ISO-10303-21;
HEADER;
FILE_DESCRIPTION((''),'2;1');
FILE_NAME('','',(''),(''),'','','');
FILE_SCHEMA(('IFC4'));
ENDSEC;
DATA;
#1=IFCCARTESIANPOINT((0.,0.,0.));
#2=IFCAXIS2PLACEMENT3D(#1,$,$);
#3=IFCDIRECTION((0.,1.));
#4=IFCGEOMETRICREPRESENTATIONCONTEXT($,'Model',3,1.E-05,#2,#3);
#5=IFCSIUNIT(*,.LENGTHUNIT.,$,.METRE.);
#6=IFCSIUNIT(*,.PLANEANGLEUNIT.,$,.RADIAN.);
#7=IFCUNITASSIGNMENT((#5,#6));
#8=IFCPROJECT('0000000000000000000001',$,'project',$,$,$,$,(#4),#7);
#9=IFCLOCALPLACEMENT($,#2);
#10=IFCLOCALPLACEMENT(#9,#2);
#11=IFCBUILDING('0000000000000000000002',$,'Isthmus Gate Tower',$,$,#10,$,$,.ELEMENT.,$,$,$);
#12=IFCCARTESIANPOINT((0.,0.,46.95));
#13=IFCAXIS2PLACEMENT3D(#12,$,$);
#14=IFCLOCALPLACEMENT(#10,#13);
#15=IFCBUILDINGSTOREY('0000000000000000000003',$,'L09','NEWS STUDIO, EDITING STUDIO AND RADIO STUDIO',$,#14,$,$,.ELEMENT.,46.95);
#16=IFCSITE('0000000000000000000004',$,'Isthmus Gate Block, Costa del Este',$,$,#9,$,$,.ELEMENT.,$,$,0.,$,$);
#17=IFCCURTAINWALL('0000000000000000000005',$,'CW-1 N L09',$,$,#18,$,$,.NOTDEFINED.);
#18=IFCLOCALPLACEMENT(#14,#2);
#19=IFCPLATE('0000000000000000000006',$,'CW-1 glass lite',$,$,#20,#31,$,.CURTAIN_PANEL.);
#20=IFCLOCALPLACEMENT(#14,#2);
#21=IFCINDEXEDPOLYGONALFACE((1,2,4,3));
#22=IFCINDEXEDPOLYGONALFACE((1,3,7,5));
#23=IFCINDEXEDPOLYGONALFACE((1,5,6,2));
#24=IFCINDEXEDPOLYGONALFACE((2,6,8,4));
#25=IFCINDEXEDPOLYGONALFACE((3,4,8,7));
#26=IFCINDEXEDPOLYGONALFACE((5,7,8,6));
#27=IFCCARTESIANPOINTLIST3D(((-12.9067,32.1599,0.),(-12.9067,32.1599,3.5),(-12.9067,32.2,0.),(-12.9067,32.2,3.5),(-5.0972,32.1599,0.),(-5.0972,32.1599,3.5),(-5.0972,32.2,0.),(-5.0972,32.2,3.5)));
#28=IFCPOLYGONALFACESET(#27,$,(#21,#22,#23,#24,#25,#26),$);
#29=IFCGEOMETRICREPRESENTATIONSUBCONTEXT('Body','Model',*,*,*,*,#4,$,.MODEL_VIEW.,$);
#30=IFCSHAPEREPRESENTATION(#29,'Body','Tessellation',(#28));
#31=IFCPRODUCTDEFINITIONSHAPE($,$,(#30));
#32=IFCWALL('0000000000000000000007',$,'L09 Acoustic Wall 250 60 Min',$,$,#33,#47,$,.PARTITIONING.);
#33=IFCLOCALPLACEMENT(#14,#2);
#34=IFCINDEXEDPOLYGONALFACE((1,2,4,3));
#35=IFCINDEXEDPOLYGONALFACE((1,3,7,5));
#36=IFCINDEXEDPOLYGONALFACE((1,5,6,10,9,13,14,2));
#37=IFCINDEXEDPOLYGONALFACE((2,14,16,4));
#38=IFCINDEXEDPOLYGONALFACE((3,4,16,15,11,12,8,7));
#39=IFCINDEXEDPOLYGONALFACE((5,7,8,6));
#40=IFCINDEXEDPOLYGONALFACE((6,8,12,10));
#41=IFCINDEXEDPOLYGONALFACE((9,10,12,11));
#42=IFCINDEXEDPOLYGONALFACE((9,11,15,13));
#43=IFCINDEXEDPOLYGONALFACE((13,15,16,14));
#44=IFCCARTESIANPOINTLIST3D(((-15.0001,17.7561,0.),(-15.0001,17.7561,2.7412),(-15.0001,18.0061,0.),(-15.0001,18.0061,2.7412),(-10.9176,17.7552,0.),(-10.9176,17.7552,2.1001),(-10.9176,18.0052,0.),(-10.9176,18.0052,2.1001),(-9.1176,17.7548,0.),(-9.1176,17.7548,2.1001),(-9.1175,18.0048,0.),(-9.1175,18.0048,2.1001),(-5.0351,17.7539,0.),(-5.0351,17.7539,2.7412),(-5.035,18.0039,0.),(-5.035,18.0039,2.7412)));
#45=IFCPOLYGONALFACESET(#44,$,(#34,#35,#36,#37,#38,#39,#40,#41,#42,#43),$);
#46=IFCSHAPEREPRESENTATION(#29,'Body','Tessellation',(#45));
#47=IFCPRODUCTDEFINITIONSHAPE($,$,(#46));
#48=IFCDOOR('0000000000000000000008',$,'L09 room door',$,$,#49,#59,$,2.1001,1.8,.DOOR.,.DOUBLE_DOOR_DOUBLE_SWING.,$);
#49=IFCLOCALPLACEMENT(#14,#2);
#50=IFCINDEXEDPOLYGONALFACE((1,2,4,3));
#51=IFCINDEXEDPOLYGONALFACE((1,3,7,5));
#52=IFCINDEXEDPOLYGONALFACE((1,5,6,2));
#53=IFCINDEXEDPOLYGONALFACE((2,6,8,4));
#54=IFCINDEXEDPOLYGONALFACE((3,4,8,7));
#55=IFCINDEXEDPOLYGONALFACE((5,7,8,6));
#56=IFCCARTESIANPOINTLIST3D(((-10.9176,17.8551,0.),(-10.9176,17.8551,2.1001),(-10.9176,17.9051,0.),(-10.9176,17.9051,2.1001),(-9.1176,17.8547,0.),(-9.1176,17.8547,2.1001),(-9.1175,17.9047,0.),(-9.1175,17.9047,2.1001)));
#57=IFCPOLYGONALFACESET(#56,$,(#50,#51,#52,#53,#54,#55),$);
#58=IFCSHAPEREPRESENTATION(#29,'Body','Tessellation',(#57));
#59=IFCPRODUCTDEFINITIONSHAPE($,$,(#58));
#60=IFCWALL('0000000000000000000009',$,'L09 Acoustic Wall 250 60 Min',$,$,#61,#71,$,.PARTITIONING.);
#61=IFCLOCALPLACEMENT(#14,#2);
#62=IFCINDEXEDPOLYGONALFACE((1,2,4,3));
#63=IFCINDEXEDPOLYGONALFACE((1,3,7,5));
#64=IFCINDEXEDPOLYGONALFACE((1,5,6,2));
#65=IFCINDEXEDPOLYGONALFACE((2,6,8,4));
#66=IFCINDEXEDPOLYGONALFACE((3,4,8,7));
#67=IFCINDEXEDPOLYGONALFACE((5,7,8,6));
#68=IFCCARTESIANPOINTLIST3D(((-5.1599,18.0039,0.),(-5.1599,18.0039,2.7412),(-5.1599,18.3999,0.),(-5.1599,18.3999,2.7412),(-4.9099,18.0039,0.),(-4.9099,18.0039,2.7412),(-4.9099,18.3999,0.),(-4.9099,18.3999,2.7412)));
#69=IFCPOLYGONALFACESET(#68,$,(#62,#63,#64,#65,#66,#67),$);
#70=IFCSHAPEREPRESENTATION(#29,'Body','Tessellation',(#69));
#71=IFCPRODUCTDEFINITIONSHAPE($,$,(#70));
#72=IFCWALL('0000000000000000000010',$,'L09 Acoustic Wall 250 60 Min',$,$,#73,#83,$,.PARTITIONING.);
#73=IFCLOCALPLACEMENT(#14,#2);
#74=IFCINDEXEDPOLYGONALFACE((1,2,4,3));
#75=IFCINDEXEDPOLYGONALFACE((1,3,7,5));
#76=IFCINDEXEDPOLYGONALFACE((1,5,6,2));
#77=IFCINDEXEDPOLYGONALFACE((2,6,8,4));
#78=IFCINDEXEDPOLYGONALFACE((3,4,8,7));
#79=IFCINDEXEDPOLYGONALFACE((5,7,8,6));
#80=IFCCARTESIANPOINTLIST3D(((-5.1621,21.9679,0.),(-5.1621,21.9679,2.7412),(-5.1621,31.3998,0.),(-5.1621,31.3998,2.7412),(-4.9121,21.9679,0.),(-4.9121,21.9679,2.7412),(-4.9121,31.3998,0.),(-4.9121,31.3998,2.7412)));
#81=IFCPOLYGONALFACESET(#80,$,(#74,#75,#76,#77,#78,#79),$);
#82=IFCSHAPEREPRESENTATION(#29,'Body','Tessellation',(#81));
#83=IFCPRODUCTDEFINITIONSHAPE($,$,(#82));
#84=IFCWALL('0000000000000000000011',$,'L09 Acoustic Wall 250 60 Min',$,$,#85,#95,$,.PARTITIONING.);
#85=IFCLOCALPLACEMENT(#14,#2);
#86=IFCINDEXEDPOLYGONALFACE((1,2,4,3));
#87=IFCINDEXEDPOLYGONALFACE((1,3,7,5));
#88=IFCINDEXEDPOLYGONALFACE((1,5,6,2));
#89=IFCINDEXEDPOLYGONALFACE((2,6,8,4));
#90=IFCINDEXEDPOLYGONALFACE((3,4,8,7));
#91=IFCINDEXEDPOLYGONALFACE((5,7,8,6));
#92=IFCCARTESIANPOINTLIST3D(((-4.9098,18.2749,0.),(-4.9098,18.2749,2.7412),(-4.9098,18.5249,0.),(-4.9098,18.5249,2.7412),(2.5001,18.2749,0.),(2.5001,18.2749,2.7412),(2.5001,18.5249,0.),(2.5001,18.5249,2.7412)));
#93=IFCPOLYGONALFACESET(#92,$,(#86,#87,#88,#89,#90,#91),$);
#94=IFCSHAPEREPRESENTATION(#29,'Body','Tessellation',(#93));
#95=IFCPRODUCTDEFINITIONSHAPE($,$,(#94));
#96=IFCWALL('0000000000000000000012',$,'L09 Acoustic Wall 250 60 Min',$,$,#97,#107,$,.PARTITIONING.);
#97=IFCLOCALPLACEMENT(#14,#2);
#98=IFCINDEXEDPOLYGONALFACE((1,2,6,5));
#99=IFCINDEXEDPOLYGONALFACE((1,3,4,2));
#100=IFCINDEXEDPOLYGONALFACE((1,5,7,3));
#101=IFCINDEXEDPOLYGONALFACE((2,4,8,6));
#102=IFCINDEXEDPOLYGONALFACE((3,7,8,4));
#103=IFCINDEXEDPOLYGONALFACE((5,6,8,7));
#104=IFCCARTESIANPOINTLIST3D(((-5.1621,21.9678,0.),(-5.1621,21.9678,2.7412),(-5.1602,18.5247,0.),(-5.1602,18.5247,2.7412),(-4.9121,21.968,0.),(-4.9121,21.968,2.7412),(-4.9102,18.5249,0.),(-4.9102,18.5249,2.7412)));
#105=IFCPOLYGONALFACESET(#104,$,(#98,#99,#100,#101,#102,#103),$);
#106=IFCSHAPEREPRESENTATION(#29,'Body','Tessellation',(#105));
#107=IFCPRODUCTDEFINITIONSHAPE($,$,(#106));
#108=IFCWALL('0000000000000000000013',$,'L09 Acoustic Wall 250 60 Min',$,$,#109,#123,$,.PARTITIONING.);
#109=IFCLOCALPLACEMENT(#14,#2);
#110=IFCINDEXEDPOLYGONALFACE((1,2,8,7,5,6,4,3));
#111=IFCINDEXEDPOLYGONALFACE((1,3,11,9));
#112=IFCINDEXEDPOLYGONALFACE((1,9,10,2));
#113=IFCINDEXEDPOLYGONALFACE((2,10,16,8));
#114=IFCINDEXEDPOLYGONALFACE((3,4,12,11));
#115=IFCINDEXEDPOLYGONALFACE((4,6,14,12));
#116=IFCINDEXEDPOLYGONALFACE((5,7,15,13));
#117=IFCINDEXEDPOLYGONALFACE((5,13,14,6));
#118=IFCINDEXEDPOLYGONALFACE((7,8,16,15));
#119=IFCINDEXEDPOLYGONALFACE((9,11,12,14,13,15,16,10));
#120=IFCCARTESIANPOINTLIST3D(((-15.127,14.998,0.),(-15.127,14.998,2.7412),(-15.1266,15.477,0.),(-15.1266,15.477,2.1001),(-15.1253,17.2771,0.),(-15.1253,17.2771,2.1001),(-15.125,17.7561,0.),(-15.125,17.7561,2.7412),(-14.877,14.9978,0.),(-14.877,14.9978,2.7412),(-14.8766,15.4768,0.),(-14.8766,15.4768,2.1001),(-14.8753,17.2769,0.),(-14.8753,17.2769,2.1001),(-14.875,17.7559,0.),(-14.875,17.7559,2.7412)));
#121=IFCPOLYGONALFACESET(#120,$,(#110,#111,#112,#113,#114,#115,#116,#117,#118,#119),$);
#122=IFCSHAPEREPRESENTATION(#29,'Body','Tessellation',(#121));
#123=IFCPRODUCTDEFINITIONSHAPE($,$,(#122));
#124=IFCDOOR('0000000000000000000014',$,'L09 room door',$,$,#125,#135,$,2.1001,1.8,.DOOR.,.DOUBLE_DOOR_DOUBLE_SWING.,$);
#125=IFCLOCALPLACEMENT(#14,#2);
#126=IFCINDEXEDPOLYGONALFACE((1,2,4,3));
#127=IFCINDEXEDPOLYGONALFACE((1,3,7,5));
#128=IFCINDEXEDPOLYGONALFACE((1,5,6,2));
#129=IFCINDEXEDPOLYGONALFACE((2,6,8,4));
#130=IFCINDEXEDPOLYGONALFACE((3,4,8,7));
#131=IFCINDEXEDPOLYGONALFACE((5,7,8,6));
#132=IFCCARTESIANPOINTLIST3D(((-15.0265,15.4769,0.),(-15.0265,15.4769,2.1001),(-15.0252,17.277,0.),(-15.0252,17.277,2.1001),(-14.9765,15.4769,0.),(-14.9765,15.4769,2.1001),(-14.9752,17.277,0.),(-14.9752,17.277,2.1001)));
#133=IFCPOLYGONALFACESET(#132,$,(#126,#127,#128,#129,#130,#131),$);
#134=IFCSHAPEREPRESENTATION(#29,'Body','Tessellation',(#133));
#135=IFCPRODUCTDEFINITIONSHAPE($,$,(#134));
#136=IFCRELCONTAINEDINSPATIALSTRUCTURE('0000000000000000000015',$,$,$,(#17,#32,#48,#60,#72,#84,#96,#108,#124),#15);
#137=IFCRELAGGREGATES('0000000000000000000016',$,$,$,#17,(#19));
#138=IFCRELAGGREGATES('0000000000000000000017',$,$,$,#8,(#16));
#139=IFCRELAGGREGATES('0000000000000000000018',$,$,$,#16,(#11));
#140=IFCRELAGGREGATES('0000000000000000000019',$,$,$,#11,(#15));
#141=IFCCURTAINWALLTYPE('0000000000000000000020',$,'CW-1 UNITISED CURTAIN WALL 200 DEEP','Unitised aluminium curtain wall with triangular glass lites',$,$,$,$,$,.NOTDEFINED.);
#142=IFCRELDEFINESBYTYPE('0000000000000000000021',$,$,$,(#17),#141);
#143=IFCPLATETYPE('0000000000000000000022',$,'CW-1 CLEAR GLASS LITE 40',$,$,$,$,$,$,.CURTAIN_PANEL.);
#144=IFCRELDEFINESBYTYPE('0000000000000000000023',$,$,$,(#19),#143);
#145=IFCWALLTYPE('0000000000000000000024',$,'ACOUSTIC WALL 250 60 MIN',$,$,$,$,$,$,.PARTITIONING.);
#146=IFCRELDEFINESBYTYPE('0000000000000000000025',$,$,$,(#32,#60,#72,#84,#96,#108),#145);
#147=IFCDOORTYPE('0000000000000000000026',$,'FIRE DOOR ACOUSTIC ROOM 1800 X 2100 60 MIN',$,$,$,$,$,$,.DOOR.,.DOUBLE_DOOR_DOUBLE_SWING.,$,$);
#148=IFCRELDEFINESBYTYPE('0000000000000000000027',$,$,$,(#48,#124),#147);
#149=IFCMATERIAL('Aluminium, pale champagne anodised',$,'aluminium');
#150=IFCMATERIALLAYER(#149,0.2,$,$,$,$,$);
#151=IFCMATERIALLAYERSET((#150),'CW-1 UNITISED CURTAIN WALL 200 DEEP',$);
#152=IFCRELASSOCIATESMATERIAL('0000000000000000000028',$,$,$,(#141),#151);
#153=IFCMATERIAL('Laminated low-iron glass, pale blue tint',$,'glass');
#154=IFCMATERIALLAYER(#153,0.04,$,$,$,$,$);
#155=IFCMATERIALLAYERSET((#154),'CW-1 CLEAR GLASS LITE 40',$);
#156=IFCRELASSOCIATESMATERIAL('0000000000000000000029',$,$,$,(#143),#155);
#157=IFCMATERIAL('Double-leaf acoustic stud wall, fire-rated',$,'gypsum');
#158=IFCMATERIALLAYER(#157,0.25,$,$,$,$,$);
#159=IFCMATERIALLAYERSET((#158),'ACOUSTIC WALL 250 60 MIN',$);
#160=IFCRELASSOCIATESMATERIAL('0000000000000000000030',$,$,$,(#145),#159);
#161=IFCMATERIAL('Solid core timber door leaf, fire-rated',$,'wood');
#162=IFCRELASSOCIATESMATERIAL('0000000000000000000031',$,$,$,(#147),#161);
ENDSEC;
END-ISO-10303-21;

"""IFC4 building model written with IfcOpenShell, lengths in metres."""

from ifc_helpers import new_model, si_unit, direction, frame, frame_2d, origin, origin_2d, place, context, subcontext, project, spatial, rectangle, extrude, material, layer, layer_set, type_object, element, fill, aggregate, save


model = new_model("IFC4")

# Units and contexts
model_context = context("Model", 3, precision=1e-05, world=origin(), true_north=direction((0.0, 1.0)))
body_context = subcontext(model_context, "Body", "Model", "MODEL_VIEW")
ifc_project = project(units=[si_unit("LENGTHUNIT", "METRE"), si_unit("PLANEANGLEUNIT", "RADIAN")], contexts=[model_context])

# Site, building, storey
site_placement = place(None, origin())
site = spatial("IfcSite", under=ifc_project, at=site_placement, Name="Isthmus Gate Block, Costa del Este", CompositionType="ELEMENT", RefElevation=0.0)
building_placement = place(site_placement, origin())
building = spatial("IfcBuilding", under=site, at=building_placement, Name="Isthmus Gate Tower", CompositionType="ELEMENT")
storey_placement = place(building_placement, frame((0.0, 0.0, 46.95)))
storey = spatial("IfcBuildingStorey", under=building, at=storey_placement, Name="L09", Description="NEWS STUDIO, EDITING STUDIO AND RADIO STUDIO", CompositionType="ELEMENT", Elevation=46.95)

# Curtain wall
ifc_material_1 = material(Name="Aluminium, pale champagne anodised", Category="aluminium")
ifc_layer_1 = layer(ifc_material_1, 0.2)
ifc_layer_set_1 = layer_set([ifc_layer_1], Name="CW-1 UNITISED CURTAIN WALL 200 DEEP")
curtain_wall_type = type_object("IfcCurtainWallType", Name="CW-1 UNITISED CURTAIN WALL 200 DEEP", Description="Unitised aluminium curtain wall with triangular glass lites", PredefinedType="NOTDEFINED", material=ifc_layer_set_1)
curtain_wall_placement = place(storey_placement, origin())
curtain_wall = element("IfcCurtainWall", 1, at=curtain_wall_placement, inside=storey, type_object=curtain_wall_type, Name="CW-1 N L09", PredefinedType="NOTDEFINED")

# Plate
ifc_material_2 = material(Name="Laminated low-iron glass, pale blue tint", Category="glass")
ifc_layer_2 = layer(ifc_material_2, 0.04)
ifc_layer_set_2 = layer_set([ifc_layer_2], Name="CW-1 CLEAR GLASS LITE 40")
plate_type = type_object("IfcPlateType", Name="CW-1 CLEAR GLASS LITE 40", PredefinedType="CURTAIN_PANEL", material=ifc_layer_set_2)
plate_1_placement = place(storey_placement, frame((-9.002, 32.1799, 0.0), z_axis=(0.0, 0.0, 1.0), x_axis=(-1.0, 0.0, 0.0)))
plate_1 = element("IfcPlate", 2, at=plate_1_placement, type_object=plate_type, Name="CW-1 glass lite", PredefinedType="CURTAIN_PANEL", context=body_context, shape_type="SweptSolid", body=[
    extrude(rectangle(XDim=7.8096, YDim=0.04, at=origin_2d()), origin(), (0.0, 0.0, 1.0), 3.5),
])
aggregate(curtain_wall, [plate_1])

# Wall, opening, door
ifc_material_3 = material(Name="Double-leaf acoustic stud wall, fire-rated", Category="gypsum")
ifc_layer_3 = layer(ifc_material_3, 0.25)
ifc_layer_set_3 = layer_set([ifc_layer_3], Name="ACOUSTIC WALL 250 60 MIN")
wall_type = type_object("IfcWallType", Name="ACOUSTIC WALL 250 60 MIN", PredefinedType="PARTITIONING", material=ifc_layer_set_3)
wall_1_placement = place(storey_placement, frame((-15.0, 17.8811, 0.0), z_axis=(0.0, 0.0, 1.0), x_axis=(1.0, -0.00022, 0.0)))
wall_1 = element("IfcWall", 3, at=wall_1_placement, inside=storey, type_object=wall_type, Name="L09 Acoustic Wall 250 60 Min", PredefinedType="PARTITIONING", context=body_context, shape_type="SweptSolid", body=[
    extrude(rectangle(XDim=9.9651, YDim=0.25, at=frame_2d((4.9824, 0.0))), origin(), (0.0, 0.0, 1.0), 2.7412),
])
opening_1_placement = place(wall_1_placement, frame((4.0825, 0.0, 0.0)))
opening_1 = element("IfcOpeningElement", 4, at=opening_1_placement, cuts=wall_1, PredefinedType="OPENING", context=body_context, shape_type="SweptSolid", body=[
    extrude(rectangle(XDim=1.8, YDim=2.1001, at=frame_2d((0.8999, 1.05))), frame((0.0, 0.135, 0.0), z_axis=(0.0, -1.0, 0.0), x_axis=(1.0, 0.0, 0.0)), (0.0, 0.0, 1.0), 0.27),
])
ifc_material_4 = material(Name="Solid core timber door leaf, fire-rated", Category="wood")
door_type = type_object("IfcDoorType", Name="FIRE DOOR ACOUSTIC ROOM 1800 X 2100 60 MIN", OperationType="DOUBLE_DOOR_DOUBLE_SWING", PredefinedType="DOOR", material=ifc_material_4)
door_1_placement = place(opening_1_placement, origin())
door_1 = element("IfcDoor", 5, at=door_1_placement, inside=storey, type_object=door_type, Name="L09 room door", OperationType="DOUBLE_DOOR_DOUBLE_SWING", OverallHeight=2.1001, OverallWidth=1.8, PredefinedType="DOOR", context=body_context, shape_type="SweptSolid", body=[
    extrude(rectangle(XDim=1.8, YDim=2.1001, at=frame_2d((0.8999, 1.05))), frame((0.0, 0.0249, 0.0), z_axis=(0.0, -1.0, 0.0), x_axis=(1.0, 0.0, 0.0)), (0.0, 0.0, 1.0), 0.05),
])
fill(opening_1, door_1)

# Walls
wall_2_placement = place(storey_placement, frame((-5.0349, 18.0039, 0.0), z_axis=(0.0, 0.0, 1.0), x_axis=(0.0, 1.0, 0.0)))
element("IfcWall", 6, at=wall_2_placement, inside=storey, type_object=wall_type, Name="L09 Acoustic Wall 250 60 Min", PredefinedType="PARTITIONING", context=body_context, shape_type="SweptSolid", body=[
    extrude(rectangle(XDim=0.396, YDim=0.25, at=frame_2d((0.198, 0.0))), origin(), (0.0, 0.0, 1.0), 2.7412),
])
wall_3_placement = place(storey_placement, frame((-5.0371, 21.968, 0.0), z_axis=(0.0, 0.0, 1.0), x_axis=(0.0, 1.0, 0.0)))
element("IfcWall", 7, at=wall_3_placement, inside=storey, type_object=wall_type, Name="L09 Acoustic Wall 250 60 Min", PredefinedType="PARTITIONING", context=body_context, shape_type="SweptSolid", body=[
    extrude(rectangle(XDim=9.4319, YDim=0.25, at=frame_2d((4.7158, 0.0))), origin(), (0.0, 0.0, 1.0), 2.7412),
])
wall_4_placement = place(storey_placement, frame((-4.9099, 18.3999, 0.0), z_axis=(0.0, 0.0, 1.0), x_axis=(1.0, 0.0, 0.0)))
element("IfcWall", 8, at=wall_4_placement, inside=storey, type_object=wall_type, Name="L09 Acoustic Wall 250 60 Min", PredefinedType="PARTITIONING", context=body_context, shape_type="SweptSolid", body=[
    extrude(rectangle(XDim=7.4099, YDim=0.25, at=frame_2d((3.7051, 0.0))), origin(), (0.0, 0.0, 1.0), 2.7412),
])
wall_5_placement = place(storey_placement, frame((-5.0371, 21.968, 0.0), z_axis=(0.0, 0.0, 1.0), x_axis=(0.000567, -1.0, 0.0)))
element("IfcWall", 9, at=wall_5_placement, inside=storey, type_object=wall_type, Name="L09 Acoustic Wall 250 60 Min", PredefinedType="PARTITIONING", context=body_context, shape_type="SweptSolid", body=[
    extrude(rectangle(XDim=3.4431, YDim=0.25, at=frame_2d((1.7217, 0.0))), origin(), (0.0, 0.0, 1.0), 2.7412),
])

# Wall, opening, door
wall_6_placement = place(storey_placement, frame((-15.002, 14.998, 0.0), z_axis=(0.0, 0.0, 1.0), x_axis=(0.000708, 1.0, 0.0)))
wall_6 = element("IfcWall", 10, at=wall_6_placement, inside=storey, type_object=wall_type, Name="L09 Acoustic Wall 250 60 Min", PredefinedType="PARTITIONING", context=body_context, shape_type="SweptSolid", body=[
    extrude(rectangle(XDim=2.7581, YDim=0.25, at=frame_2d((1.3789, 0.0))), origin(), (0.0, 0.0, 1.0), 2.7412),
])
opening_2_placement = place(wall_6_placement, frame((0.479, 0.0, 0.0)))
opening_2 = element("IfcOpeningElement", 11, at=opening_2_placement, cuts=wall_6, PredefinedType="OPENING", context=body_context, shape_type="SweptSolid", body=[
    extrude(rectangle(XDim=1.8, YDim=2.1001, at=frame_2d((0.8999, 1.05))), frame((0.0, 0.135, 0.0), z_axis=(0.0, -1.0, 0.0), x_axis=(1.0, 0.0, 0.0)), (0.0, 0.0, 1.0), 0.27),
])
door_2_placement = place(opening_2_placement, origin())
door_2 = element("IfcDoor", 12, at=door_2_placement, inside=storey, type_object=door_type, Name="L09 room door", OperationType="DOUBLE_DOOR_DOUBLE_SWING", OverallHeight=2.1001, OverallWidth=1.8, PredefinedType="DOOR", context=body_context, shape_type="SweptSolid", body=[
    extrude(rectangle(XDim=1.8, YDim=2.1001, at=frame_2d((0.8999, 1.05))), frame((0.0, 0.0249, 0.0), z_axis=(0.0, -1.0, 0.0), x_axis=(1.0, 0.0, 0.0)), (0.0, 0.0, 1.0), 0.05),
])
fill(opening_2, door_2)

save(model, "model.ifc")
